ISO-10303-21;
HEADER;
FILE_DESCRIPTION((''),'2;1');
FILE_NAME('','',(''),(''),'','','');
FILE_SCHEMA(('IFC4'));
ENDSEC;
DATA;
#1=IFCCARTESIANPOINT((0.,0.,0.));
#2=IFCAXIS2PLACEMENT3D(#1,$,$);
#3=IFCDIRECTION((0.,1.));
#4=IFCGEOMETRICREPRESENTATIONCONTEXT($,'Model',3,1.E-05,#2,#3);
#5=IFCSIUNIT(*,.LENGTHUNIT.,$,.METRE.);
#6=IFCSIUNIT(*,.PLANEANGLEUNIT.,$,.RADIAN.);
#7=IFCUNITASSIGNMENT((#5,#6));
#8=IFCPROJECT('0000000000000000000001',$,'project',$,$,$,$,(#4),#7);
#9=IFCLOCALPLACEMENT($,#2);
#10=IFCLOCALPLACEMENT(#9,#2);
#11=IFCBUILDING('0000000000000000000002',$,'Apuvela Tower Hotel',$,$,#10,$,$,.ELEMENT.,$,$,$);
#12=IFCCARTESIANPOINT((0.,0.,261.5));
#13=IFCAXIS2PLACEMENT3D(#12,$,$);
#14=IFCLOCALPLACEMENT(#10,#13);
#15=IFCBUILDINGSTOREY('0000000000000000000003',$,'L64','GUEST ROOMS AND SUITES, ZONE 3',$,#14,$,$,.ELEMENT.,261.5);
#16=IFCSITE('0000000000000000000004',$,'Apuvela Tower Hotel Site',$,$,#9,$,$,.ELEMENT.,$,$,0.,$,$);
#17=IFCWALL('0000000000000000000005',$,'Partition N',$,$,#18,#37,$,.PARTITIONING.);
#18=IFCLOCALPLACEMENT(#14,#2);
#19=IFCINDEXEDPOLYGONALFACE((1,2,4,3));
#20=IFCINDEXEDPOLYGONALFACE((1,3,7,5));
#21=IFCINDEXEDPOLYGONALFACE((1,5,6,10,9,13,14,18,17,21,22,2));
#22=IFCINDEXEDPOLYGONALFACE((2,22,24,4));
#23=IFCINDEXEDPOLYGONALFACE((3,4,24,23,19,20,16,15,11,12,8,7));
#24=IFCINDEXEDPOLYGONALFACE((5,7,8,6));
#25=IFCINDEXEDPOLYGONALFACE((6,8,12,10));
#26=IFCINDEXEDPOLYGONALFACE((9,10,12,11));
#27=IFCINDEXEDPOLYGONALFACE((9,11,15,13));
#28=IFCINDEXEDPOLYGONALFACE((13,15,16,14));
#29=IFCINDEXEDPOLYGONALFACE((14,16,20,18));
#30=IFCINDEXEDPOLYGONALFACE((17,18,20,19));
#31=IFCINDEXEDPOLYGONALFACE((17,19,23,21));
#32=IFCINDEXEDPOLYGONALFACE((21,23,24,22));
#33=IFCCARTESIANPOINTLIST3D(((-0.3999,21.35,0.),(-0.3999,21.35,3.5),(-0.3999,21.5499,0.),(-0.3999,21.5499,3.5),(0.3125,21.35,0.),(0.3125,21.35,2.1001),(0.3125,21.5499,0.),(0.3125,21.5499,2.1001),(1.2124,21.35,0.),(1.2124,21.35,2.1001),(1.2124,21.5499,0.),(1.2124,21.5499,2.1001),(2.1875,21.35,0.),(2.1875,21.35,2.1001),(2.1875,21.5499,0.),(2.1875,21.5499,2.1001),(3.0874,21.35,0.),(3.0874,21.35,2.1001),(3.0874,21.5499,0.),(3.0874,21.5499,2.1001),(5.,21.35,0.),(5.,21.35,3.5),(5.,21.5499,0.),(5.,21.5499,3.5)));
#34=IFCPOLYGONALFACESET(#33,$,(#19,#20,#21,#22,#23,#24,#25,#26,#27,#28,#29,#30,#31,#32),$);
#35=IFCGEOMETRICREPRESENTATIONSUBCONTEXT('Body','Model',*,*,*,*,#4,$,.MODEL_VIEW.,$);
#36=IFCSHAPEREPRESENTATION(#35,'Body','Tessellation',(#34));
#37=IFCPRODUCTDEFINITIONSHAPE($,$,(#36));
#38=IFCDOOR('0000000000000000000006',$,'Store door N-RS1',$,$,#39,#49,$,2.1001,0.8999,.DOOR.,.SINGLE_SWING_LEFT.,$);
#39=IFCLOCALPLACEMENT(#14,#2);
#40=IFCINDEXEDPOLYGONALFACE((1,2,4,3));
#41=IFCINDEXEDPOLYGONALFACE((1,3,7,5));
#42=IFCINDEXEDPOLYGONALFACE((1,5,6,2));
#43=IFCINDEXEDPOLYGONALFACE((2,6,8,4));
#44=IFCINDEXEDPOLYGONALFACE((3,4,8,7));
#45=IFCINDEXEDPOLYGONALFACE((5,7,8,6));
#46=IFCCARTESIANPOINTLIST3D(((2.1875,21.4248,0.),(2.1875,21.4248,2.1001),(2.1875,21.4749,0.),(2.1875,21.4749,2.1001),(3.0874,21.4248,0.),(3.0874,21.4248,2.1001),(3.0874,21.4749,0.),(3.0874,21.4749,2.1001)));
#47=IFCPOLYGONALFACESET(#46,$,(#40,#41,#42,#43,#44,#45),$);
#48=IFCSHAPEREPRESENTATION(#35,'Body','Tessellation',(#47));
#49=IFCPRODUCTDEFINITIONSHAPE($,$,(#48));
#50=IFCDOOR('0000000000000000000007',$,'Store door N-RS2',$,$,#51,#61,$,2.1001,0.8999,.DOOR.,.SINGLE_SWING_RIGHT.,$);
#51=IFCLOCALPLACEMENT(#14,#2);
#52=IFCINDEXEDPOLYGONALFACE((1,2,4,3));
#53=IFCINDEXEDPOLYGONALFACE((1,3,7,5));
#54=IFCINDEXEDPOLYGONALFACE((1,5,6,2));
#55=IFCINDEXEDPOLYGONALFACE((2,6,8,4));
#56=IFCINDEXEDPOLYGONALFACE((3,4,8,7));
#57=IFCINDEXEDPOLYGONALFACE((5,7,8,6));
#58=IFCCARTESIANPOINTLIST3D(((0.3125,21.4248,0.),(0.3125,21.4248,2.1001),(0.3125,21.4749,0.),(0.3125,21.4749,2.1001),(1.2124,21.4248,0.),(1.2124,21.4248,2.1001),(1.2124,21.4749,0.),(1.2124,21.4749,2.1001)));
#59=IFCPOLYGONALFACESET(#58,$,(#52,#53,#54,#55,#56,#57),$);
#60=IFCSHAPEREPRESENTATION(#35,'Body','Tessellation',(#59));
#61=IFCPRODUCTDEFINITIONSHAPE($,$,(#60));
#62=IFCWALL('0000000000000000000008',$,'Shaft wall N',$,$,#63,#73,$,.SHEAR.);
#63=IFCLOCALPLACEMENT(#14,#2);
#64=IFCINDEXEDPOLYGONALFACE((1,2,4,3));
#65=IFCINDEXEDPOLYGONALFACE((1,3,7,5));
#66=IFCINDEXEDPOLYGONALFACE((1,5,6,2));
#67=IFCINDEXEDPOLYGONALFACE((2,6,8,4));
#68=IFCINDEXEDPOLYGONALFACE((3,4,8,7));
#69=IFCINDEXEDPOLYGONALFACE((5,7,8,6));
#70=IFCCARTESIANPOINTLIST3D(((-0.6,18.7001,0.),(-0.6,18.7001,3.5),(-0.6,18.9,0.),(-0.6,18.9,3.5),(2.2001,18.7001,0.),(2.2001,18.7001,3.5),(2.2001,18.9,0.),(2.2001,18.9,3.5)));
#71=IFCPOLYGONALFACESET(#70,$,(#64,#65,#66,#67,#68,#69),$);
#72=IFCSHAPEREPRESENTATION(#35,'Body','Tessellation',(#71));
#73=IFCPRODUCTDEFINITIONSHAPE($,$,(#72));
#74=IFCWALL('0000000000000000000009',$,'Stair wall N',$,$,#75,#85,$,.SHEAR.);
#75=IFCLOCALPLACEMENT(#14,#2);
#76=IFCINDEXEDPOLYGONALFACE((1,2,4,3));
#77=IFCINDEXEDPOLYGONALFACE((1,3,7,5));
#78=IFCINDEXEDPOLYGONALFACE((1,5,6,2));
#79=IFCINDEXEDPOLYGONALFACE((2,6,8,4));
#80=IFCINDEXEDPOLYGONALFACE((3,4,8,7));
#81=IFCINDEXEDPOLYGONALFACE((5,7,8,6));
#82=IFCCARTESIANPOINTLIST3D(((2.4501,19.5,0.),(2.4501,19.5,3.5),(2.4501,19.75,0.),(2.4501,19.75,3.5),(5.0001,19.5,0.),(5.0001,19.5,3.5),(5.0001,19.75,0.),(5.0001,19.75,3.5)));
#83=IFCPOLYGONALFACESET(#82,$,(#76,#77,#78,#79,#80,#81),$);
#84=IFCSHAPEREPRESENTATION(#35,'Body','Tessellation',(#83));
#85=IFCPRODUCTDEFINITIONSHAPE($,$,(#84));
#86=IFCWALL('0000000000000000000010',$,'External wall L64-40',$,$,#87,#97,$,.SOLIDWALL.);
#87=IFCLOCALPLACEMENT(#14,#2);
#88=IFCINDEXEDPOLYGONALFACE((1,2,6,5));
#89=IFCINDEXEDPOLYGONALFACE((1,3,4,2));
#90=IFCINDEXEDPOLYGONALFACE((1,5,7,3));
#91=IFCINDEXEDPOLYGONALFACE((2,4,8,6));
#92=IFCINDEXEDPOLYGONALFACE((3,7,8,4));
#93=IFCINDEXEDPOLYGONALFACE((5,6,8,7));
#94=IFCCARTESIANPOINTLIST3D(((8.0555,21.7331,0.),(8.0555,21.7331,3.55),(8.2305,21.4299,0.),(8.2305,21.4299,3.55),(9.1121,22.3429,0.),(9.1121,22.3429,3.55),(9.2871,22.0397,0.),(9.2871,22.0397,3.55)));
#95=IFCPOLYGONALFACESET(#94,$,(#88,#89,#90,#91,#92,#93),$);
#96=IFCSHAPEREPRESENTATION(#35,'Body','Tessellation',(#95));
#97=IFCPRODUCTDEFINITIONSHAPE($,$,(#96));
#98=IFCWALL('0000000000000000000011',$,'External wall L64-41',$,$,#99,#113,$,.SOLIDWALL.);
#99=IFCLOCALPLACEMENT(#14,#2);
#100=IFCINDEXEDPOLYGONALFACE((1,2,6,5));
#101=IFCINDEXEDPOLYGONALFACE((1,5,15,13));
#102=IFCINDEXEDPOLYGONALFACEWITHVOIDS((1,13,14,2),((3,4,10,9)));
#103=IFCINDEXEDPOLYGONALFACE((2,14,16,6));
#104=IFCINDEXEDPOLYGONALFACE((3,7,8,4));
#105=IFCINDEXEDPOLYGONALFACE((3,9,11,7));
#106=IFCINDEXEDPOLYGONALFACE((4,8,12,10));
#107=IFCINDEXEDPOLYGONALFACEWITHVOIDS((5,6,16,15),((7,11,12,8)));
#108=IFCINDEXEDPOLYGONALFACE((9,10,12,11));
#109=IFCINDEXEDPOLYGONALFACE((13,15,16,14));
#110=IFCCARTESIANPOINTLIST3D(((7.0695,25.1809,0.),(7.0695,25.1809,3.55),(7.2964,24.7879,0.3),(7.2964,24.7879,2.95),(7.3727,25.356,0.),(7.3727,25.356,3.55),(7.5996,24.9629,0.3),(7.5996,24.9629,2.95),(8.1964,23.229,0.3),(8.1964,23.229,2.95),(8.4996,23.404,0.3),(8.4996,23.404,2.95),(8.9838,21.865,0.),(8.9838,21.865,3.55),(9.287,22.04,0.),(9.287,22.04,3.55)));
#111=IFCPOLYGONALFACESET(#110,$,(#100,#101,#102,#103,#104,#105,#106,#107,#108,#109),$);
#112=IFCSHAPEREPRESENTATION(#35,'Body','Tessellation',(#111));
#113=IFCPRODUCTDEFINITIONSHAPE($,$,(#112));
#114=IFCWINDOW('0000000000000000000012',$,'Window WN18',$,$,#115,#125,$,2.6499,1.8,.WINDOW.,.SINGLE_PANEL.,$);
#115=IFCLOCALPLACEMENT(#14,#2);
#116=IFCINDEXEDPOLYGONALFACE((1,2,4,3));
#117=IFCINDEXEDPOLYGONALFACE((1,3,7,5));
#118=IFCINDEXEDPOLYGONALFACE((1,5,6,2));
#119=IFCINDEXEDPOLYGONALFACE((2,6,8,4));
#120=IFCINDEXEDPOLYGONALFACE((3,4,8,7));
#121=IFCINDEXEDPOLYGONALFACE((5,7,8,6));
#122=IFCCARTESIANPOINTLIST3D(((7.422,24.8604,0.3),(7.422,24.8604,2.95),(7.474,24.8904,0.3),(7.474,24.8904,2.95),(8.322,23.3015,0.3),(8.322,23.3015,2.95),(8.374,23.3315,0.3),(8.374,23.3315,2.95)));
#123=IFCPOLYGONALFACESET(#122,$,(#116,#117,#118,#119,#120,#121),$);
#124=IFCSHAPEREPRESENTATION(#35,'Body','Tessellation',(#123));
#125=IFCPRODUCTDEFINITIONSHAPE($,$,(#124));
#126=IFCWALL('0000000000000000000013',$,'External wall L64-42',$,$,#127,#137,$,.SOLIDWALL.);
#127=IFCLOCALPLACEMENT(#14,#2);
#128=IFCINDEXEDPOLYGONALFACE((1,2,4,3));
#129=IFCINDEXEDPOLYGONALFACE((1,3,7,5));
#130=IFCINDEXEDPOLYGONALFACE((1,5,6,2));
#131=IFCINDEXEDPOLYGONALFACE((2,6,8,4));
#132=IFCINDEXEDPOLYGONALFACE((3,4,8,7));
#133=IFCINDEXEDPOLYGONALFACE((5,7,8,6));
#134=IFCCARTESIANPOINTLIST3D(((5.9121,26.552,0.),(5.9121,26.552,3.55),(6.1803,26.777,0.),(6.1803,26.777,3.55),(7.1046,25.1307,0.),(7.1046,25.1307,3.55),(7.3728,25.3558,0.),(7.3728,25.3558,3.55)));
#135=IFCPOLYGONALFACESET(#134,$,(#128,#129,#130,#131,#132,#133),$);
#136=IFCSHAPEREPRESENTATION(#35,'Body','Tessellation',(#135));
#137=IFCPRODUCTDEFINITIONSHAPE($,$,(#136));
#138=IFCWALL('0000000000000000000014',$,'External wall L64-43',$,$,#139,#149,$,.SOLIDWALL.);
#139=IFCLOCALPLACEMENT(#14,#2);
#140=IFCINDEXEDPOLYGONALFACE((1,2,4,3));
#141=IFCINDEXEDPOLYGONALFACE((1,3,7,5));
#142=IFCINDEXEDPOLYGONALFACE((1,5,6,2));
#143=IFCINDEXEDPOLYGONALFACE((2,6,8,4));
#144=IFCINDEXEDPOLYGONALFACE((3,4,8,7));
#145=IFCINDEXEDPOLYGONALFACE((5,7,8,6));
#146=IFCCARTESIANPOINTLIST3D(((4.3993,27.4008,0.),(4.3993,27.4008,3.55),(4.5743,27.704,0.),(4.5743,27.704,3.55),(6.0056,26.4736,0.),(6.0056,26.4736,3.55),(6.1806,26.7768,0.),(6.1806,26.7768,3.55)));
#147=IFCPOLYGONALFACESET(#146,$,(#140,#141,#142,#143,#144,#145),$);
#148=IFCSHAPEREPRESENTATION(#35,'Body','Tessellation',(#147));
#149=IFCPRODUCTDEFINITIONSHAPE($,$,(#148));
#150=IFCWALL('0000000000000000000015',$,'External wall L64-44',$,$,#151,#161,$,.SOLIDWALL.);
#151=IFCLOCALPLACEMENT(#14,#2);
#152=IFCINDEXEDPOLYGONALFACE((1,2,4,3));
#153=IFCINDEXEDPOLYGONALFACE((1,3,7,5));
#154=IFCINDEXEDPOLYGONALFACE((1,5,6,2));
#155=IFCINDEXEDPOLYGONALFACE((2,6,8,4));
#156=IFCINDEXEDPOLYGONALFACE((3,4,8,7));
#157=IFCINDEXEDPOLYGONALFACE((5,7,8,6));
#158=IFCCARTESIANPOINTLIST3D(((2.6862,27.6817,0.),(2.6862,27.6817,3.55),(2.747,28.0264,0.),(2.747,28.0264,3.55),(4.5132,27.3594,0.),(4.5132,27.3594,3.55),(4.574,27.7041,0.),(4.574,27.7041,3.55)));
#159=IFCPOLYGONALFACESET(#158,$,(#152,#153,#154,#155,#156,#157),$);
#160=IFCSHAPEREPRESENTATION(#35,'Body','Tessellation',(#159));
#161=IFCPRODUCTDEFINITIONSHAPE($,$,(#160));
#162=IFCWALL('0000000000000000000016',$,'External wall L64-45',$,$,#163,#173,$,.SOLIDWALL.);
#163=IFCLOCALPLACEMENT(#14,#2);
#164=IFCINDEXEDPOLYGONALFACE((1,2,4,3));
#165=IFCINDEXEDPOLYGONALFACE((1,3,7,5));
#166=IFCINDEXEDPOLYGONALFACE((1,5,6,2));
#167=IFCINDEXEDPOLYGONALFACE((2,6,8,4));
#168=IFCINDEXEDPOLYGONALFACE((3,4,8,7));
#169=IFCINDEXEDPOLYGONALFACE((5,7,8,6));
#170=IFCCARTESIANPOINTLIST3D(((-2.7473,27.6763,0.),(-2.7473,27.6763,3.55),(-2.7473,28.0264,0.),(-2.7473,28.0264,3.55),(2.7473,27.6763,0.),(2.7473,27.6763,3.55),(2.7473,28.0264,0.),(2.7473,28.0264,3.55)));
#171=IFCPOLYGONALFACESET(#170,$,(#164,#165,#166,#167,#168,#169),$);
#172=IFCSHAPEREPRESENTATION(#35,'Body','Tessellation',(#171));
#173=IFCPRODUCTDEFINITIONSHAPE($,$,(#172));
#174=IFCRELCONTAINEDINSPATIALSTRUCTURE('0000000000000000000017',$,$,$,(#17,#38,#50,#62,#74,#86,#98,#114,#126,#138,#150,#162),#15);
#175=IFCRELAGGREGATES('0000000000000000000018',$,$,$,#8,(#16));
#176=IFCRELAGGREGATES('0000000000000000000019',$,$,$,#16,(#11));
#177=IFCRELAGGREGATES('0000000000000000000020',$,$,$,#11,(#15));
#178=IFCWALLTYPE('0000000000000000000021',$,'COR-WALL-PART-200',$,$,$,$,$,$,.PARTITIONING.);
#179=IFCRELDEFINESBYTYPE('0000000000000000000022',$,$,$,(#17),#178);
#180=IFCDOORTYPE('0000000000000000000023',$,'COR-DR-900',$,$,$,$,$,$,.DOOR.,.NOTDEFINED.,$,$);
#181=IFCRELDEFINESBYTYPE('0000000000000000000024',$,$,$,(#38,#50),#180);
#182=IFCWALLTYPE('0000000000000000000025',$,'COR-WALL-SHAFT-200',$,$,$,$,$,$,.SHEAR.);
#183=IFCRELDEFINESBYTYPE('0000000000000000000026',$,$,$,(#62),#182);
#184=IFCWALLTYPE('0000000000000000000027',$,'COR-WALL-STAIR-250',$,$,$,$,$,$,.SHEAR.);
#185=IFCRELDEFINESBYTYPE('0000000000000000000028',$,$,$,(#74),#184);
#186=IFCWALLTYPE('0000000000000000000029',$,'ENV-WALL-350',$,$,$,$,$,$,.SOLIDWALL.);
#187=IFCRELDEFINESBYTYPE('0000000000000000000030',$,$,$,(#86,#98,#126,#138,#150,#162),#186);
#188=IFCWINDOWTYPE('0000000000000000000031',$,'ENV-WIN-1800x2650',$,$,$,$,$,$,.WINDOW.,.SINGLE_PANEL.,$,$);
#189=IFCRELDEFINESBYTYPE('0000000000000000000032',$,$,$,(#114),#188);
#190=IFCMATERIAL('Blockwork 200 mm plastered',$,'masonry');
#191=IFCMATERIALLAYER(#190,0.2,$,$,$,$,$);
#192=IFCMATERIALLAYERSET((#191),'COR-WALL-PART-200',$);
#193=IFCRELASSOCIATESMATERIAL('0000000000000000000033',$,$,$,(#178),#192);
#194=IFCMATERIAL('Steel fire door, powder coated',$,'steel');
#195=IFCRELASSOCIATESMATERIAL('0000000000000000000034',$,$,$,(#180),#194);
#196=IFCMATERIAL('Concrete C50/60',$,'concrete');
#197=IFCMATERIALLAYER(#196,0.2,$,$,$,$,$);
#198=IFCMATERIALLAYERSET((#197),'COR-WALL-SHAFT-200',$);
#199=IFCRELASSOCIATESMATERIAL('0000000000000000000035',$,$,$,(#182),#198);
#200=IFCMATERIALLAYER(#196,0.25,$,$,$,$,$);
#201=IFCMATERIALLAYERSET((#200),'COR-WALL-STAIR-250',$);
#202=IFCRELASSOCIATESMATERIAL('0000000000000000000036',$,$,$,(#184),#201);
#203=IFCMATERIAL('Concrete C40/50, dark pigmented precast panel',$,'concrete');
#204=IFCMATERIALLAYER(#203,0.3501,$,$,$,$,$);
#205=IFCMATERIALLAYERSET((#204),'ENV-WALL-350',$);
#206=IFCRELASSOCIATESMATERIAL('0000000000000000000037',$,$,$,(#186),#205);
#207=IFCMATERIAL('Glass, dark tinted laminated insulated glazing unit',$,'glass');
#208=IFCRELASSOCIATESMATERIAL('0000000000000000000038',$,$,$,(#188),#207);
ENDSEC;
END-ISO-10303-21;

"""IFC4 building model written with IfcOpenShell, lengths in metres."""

from ifc_helpers import new_model, si_unit, direction, frame, frame_2d, origin, place, context, subcontext, project, spatial, rectangle, extrude, material, layer, layer_set, type_object, element, fill, save


model = new_model("IFC4")

# Units and contexts
model_context = context("Model", 3, precision=1e-05, world=origin(), true_north=direction((0.0, 1.0)))
body_context = subcontext(model_context, "Body", "Model", "MODEL_VIEW")
ifc_project = project(units=[si_unit("LENGTHUNIT", "METRE"), si_unit("PLANEANGLEUNIT", "RADIAN")], contexts=[model_context])

# Site, building, storey
site_placement = place(None, origin())
site = spatial("IfcSite", under=ifc_project, at=site_placement, Name="Apuvela Tower Hotel Site", CompositionType="ELEMENT", RefElevation=0.0)
building_placement = place(site_placement, origin())
building = spatial("IfcBuilding", under=site, at=building_placement, Name="Apuvela Tower Hotel", CompositionType="ELEMENT")
storey_placement = place(building_placement, frame((0.0, 0.0, 261.5)))
storey = spatial("IfcBuildingStorey", under=building, at=storey_placement, Name="L64", Description="GUEST ROOMS AND SUITES, ZONE 3", CompositionType="ELEMENT", Elevation=261.5)

# Wall, openings, doors
ifc_material_1 = material(Name="Blockwork 200 mm plastered", Category="masonry")
ifc_layer_1 = layer(ifc_material_1, 0.2)
ifc_layer_set_1 = layer_set([ifc_layer_1], Name="COR-WALL-PART-200")
wall_type_1 = type_object("IfcWallType", Name="COR-WALL-PART-200", PredefinedType="PARTITIONING", material=ifc_layer_set_1)
wall_1_placement = place(storey_placement, frame((5.0, 21.45, 0.0), z_axis=(0.0, 0.0, 1.0), x_axis=(-1.0, 0.0, 0.0)))
wall_1 = element("IfcWall", 1, at=wall_1_placement, inside=storey, type_object=wall_type_1, Name="Partition N", PredefinedType="PARTITIONING", context=body_context, shape_type="SweptSolid", body=[
    extrude(rectangle(XDim=5.3999, YDim=0.2, at=frame_2d((2.7, 0.0))), origin(), (0.0, 0.0, 1.0), 3.5),
])
opening_1_placement = place(wall_1_placement, frame((1.9126, 0.0, 0.0)))
opening_1 = element("IfcOpeningElement", 2, at=opening_1_placement, cuts=wall_1, PredefinedType="OPENING", context=body_context, shape_type="SweptSolid", body=[
    extrude(rectangle(XDim=0.8999, YDim=2.1001, at=frame_2d((0.45, 1.05))), frame((0.0, 0.1099, 0.0), z_axis=(0.0, -1.0, 0.0), x_axis=(1.0, 0.0, 0.0)), (0.0, 0.0, 1.0), 0.22),
])
opening_2_placement = place(wall_1_placement, frame((3.7876, 0.0, 0.0)))
opening_2 = element("IfcOpeningElement", 3, at=opening_2_placement, cuts=wall_1, PredefinedType="OPENING", context=body_context, shape_type="SweptSolid", body=[
    extrude(rectangle(XDim=0.8999, YDim=2.1001, at=frame_2d((0.45, 1.05))), frame((0.0, 0.1099, 0.0), z_axis=(0.0, -1.0, 0.0), x_axis=(1.0, 0.0, 0.0)), (0.0, 0.0, 1.0), 0.22),
])
ifc_material_2 = material(Name="Steel fire door, powder coated", Category="steel")
door_type_1 = type_object("IfcDoorType", Name="COR-DR-900", OperationType="NOTDEFINED", PredefinedType="DOOR", material=ifc_material_2)
door_1_placement = place(opening_1_placement, frame((0.8999, 0.0, 0.0), z_axis=(0.0, 0.0, 1.0), x_axis=(-1.0, 0.0, 0.0)))
door_1 = element("IfcDoor", 4, at=door_1_placement, inside=storey, type_object=door_type_1, Name="Store door N-RS1", OperationType="SINGLE_SWING_LEFT", OverallHeight=2.1001, OverallWidth=0.8999, PredefinedType="DOOR", context=body_context, shape_type="SweptSolid", body=[
    extrude(rectangle(XDim=0.8999, YDim=2.1001, at=frame_2d((0.45, 1.05))), frame((0.0, 0.0249, 0.0), z_axis=(0.0, -1.0, 0.0), x_axis=(1.0, 0.0, 0.0)), (0.0, 0.0, 1.0), 0.05),
])
fill(opening_1, door_1)
door_2_placement = place(opening_2_placement, frame((0.8999, 0.0, 0.0), z_axis=(0.0, 0.0, 1.0), x_axis=(-1.0, 0.0, 0.0)))
door_2 = element("IfcDoor", 5, at=door_2_placement, inside=storey, type_object=door_type_1, Name="Store door N-RS2", OperationType="SINGLE_SWING_RIGHT", OverallHeight=2.1001, OverallWidth=0.8999, PredefinedType="DOOR", context=body_context, shape_type="SweptSolid", body=[
    extrude(rectangle(XDim=0.8999, YDim=2.1001, at=frame_2d((0.45, 1.05))), frame((0.0, 0.0249, 0.0), z_axis=(0.0, -1.0, 0.0), x_axis=(1.0, 0.0, 0.0)), (0.0, 0.0, 1.0), 0.05),
])
fill(opening_2, door_2)

# Walls
ifc_material_3 = material(Name="Concrete C50/60", Category="concrete")
ifc_layer_2 = layer(ifc_material_3, 0.2)
ifc_layer_set_2 = layer_set([ifc_layer_2], Name="COR-WALL-SHAFT-200")
wall_type_2 = type_object("IfcWallType", Name="COR-WALL-SHAFT-200", PredefinedType="SHEAR", material=ifc_layer_set_2)
wall_2_placement = place(storey_placement, frame((2.2, 18.8, 0.0), z_axis=(0.0, 0.0, 1.0), x_axis=(-1.0, 0.0, 0.0)))
element("IfcWall", 6, at=wall_2_placement, inside=storey, type_object=wall_type_2, Name="Shaft wall N", PredefinedType="SHEAR", context=body_context, shape_type="SweptSolid", body=[
    extrude(rectangle(XDim=2.8, YDim=0.2, at=frame_2d((1.3999, 0.0))), origin(), (0.0, 0.0, 1.0), 3.5),
])
ifc_layer_3 = layer(ifc_material_3, 0.25)
ifc_layer_set_3 = layer_set([ifc_layer_3], Name="COR-WALL-STAIR-250")
wall_type_3 = type_object("IfcWallType", Name="COR-WALL-STAIR-250", PredefinedType="SHEAR", material=ifc_layer_set_3)
wall_3_placement = place(storey_placement, frame((5.0, 19.625, 0.0), z_axis=(0.0, 0.0, 1.0), x_axis=(-1.0, 0.0, 0.0)))
element("IfcWall", 7, at=wall_3_placement, inside=storey, type_object=wall_type_3, Name="Stair wall N", PredefinedType="SHEAR", context=body_context, shape_type="SweptSolid", body=[
    extrude(rectangle(XDim=2.55, YDim=0.25, at=frame_2d((1.2749, 0.0))), origin(), (0.0, 0.0, 1.0), 3.5),
])
ifc_material_4 = material(Name="Concrete C40/50, dark pigmented precast panel", Category="concrete")
ifc_layer_4 = layer(ifc_material_4, 0.3501)
ifc_layer_set_4 = layer_set([ifc_layer_4], Name="ENV-WALL-350")
wall_type_4 = type_object("IfcWallType", Name="ENV-WALL-350", PredefinedType="SOLIDWALL", material=ifc_layer_set_4)
wall_4_placement = place(storey_placement, frame((8.1431, 21.5815, 0.0), z_axis=(0.0, 0.0, 1.0), x_axis=(0.866092, 0.499884, 0.0)))
element("IfcWall", 8, at=wall_4_placement, inside=storey, type_object=wall_type_4, Name="External wall L64-40", PredefinedType="SOLIDWALL", context=body_context, shape_type="SweptSolid", body=[
    extrude(rectangle(XDim=1.22, YDim=0.3501, at=frame_2d((0.6099, 0.0))), origin(), (0.0, 0.0, 1.0), 3.55),
])

# Wall, opening, window
wall_5_placement = place(storey_placement, frame((9.1355, 21.9524, 0.0), z_axis=(0.0, 0.0, 1.0), x_axis=(-0.499973, 0.866041, 0.0)))
wall_5 = element("IfcWall", 9, at=wall_5_placement, inside=storey, type_object=wall_type_4, Name="External wall L64-41", PredefinedType="SOLIDWALL", context=body_context, shape_type="SweptSolid", body=[
    extrude(rectangle(XDim=3.8289, YDim=0.3501, at=frame_2d((1.9146, 0.0))), origin(), (0.0, 0.0, 1.0), 3.55),
])
opening_3_placement = place(wall_5_placement, frame((1.5752, 0.0, 0.3)))
opening_3 = element("IfcOpeningElement", 10, at=opening_3_placement, cuts=wall_5, PredefinedType="OPENING", context=body_context, shape_type="SweptSolid", body=[
    extrude(rectangle(XDim=1.8, YDim=2.6499, at=frame_2d((0.8999, 1.325))), frame((0.0, 0.1851, 0.0), z_axis=(0.0, -1.0, 0.0), x_axis=(1.0, 0.0, 0.0)), (0.0, 0.0, 1.0), 0.3701),
])
ifc_material_5 = material(Name="Glass, dark tinted laminated insulated glazing unit", Category="glass")
window_type = type_object("IfcWindowType", Name="ENV-WIN-1800x2650", PartitioningType="SINGLE_PANEL", PredefinedType="WINDOW", material=ifc_material_5)
window_placement = place(opening_3_placement, origin())
window = element("IfcWindow", 11, at=window_placement, inside=storey, type_object=window_type, Name="Window WN18", OverallHeight=2.6499, OverallWidth=1.8, PartitioningType="SINGLE_PANEL", PredefinedType="WINDOW", context=body_context, shape_type="SweptSolid", body=[
    extrude(rectangle(XDim=1.8, YDim=2.6499, at=frame_2d((0.8999, 1.325))), frame((0.0, 0.03, 0.0), z_axis=(0.0, -1.0, 0.0), x_axis=(1.0, 0.0, 0.0)), (0.0, 0.0, 1.0), 0.0601),
])
fill(opening_3, window)

# Walls
wall_6_placement = place(storey_placement, frame((7.2388, 25.2432, 0.0), z_axis=(0.0, 0.0, 1.0), x_axis=(-0.642757, 0.76607, 0.0)))
element("IfcWall", 12, at=wall_6_placement, inside=storey, type_object=wall_type_4, Name="External wall L64-42", PredefinedType="SOLIDWALL", context=body_context, shape_type="SweptSolid", body=[
    extrude(rectangle(XDim=1.8552, YDim=0.3501, at=frame_2d((0.9277, 0.0))), origin(), (0.0, 0.0, 1.0), 3.55),
])
wall_7_placement = place(storey_placement, frame((6.093, 26.6252, 0.0), z_axis=(0.0, 0.0, 1.0), x_axis=(-0.86608, 0.499905, 0.0)))
element("IfcWall", 13, at=wall_7_placement, inside=storey, type_object=wall_type_4, Name="External wall L64-43", PredefinedType="SOLIDWALL", context=body_context, shape_type="SweptSolid", body=[
    extrude(rectangle(XDim=1.8547, YDim=0.3501, at=frame_2d((0.9272, 0.0))), origin(), (0.0, 0.0, 1.0), 3.55),
])
wall_8_placement = place(storey_placement, frame((4.5437, 27.5317, 0.0), z_axis=(0.0, 0.0, 1.0), x_axis=(-0.984795, 0.173718, 0.0)))
element("IfcWall", 14, at=wall_8_placement, inside=storey, type_object=wall_type_4, Name="External wall L64-44", PredefinedType="SOLIDWALL", context=body_context, shape_type="SweptSolid", body=[
    extrude(rectangle(XDim=1.8552, YDim=0.3501, at=frame_2d((0.9277, 0.0))), origin(), (0.0, 0.0, 1.0), 3.55),
])
wall_9_placement = place(storey_placement, frame((2.7473, 27.8513, 0.0), z_axis=(0.0, 0.0, 1.0), x_axis=(-1.0, 0.0, 0.0)))
element("IfcWall", 15, at=wall_9_placement, inside=storey, type_object=wall_type_4, Name="External wall L64-45", PredefinedType="SOLIDWALL", context=body_context, shape_type="SweptSolid", body=[
    extrude(rectangle(XDim=5.4946, YDim=0.3501, at=frame_2d((2.7473, 0.0))), origin(), (0.0, 0.0, 1.0), 3.55),
])

save(model, "model.ifc")
